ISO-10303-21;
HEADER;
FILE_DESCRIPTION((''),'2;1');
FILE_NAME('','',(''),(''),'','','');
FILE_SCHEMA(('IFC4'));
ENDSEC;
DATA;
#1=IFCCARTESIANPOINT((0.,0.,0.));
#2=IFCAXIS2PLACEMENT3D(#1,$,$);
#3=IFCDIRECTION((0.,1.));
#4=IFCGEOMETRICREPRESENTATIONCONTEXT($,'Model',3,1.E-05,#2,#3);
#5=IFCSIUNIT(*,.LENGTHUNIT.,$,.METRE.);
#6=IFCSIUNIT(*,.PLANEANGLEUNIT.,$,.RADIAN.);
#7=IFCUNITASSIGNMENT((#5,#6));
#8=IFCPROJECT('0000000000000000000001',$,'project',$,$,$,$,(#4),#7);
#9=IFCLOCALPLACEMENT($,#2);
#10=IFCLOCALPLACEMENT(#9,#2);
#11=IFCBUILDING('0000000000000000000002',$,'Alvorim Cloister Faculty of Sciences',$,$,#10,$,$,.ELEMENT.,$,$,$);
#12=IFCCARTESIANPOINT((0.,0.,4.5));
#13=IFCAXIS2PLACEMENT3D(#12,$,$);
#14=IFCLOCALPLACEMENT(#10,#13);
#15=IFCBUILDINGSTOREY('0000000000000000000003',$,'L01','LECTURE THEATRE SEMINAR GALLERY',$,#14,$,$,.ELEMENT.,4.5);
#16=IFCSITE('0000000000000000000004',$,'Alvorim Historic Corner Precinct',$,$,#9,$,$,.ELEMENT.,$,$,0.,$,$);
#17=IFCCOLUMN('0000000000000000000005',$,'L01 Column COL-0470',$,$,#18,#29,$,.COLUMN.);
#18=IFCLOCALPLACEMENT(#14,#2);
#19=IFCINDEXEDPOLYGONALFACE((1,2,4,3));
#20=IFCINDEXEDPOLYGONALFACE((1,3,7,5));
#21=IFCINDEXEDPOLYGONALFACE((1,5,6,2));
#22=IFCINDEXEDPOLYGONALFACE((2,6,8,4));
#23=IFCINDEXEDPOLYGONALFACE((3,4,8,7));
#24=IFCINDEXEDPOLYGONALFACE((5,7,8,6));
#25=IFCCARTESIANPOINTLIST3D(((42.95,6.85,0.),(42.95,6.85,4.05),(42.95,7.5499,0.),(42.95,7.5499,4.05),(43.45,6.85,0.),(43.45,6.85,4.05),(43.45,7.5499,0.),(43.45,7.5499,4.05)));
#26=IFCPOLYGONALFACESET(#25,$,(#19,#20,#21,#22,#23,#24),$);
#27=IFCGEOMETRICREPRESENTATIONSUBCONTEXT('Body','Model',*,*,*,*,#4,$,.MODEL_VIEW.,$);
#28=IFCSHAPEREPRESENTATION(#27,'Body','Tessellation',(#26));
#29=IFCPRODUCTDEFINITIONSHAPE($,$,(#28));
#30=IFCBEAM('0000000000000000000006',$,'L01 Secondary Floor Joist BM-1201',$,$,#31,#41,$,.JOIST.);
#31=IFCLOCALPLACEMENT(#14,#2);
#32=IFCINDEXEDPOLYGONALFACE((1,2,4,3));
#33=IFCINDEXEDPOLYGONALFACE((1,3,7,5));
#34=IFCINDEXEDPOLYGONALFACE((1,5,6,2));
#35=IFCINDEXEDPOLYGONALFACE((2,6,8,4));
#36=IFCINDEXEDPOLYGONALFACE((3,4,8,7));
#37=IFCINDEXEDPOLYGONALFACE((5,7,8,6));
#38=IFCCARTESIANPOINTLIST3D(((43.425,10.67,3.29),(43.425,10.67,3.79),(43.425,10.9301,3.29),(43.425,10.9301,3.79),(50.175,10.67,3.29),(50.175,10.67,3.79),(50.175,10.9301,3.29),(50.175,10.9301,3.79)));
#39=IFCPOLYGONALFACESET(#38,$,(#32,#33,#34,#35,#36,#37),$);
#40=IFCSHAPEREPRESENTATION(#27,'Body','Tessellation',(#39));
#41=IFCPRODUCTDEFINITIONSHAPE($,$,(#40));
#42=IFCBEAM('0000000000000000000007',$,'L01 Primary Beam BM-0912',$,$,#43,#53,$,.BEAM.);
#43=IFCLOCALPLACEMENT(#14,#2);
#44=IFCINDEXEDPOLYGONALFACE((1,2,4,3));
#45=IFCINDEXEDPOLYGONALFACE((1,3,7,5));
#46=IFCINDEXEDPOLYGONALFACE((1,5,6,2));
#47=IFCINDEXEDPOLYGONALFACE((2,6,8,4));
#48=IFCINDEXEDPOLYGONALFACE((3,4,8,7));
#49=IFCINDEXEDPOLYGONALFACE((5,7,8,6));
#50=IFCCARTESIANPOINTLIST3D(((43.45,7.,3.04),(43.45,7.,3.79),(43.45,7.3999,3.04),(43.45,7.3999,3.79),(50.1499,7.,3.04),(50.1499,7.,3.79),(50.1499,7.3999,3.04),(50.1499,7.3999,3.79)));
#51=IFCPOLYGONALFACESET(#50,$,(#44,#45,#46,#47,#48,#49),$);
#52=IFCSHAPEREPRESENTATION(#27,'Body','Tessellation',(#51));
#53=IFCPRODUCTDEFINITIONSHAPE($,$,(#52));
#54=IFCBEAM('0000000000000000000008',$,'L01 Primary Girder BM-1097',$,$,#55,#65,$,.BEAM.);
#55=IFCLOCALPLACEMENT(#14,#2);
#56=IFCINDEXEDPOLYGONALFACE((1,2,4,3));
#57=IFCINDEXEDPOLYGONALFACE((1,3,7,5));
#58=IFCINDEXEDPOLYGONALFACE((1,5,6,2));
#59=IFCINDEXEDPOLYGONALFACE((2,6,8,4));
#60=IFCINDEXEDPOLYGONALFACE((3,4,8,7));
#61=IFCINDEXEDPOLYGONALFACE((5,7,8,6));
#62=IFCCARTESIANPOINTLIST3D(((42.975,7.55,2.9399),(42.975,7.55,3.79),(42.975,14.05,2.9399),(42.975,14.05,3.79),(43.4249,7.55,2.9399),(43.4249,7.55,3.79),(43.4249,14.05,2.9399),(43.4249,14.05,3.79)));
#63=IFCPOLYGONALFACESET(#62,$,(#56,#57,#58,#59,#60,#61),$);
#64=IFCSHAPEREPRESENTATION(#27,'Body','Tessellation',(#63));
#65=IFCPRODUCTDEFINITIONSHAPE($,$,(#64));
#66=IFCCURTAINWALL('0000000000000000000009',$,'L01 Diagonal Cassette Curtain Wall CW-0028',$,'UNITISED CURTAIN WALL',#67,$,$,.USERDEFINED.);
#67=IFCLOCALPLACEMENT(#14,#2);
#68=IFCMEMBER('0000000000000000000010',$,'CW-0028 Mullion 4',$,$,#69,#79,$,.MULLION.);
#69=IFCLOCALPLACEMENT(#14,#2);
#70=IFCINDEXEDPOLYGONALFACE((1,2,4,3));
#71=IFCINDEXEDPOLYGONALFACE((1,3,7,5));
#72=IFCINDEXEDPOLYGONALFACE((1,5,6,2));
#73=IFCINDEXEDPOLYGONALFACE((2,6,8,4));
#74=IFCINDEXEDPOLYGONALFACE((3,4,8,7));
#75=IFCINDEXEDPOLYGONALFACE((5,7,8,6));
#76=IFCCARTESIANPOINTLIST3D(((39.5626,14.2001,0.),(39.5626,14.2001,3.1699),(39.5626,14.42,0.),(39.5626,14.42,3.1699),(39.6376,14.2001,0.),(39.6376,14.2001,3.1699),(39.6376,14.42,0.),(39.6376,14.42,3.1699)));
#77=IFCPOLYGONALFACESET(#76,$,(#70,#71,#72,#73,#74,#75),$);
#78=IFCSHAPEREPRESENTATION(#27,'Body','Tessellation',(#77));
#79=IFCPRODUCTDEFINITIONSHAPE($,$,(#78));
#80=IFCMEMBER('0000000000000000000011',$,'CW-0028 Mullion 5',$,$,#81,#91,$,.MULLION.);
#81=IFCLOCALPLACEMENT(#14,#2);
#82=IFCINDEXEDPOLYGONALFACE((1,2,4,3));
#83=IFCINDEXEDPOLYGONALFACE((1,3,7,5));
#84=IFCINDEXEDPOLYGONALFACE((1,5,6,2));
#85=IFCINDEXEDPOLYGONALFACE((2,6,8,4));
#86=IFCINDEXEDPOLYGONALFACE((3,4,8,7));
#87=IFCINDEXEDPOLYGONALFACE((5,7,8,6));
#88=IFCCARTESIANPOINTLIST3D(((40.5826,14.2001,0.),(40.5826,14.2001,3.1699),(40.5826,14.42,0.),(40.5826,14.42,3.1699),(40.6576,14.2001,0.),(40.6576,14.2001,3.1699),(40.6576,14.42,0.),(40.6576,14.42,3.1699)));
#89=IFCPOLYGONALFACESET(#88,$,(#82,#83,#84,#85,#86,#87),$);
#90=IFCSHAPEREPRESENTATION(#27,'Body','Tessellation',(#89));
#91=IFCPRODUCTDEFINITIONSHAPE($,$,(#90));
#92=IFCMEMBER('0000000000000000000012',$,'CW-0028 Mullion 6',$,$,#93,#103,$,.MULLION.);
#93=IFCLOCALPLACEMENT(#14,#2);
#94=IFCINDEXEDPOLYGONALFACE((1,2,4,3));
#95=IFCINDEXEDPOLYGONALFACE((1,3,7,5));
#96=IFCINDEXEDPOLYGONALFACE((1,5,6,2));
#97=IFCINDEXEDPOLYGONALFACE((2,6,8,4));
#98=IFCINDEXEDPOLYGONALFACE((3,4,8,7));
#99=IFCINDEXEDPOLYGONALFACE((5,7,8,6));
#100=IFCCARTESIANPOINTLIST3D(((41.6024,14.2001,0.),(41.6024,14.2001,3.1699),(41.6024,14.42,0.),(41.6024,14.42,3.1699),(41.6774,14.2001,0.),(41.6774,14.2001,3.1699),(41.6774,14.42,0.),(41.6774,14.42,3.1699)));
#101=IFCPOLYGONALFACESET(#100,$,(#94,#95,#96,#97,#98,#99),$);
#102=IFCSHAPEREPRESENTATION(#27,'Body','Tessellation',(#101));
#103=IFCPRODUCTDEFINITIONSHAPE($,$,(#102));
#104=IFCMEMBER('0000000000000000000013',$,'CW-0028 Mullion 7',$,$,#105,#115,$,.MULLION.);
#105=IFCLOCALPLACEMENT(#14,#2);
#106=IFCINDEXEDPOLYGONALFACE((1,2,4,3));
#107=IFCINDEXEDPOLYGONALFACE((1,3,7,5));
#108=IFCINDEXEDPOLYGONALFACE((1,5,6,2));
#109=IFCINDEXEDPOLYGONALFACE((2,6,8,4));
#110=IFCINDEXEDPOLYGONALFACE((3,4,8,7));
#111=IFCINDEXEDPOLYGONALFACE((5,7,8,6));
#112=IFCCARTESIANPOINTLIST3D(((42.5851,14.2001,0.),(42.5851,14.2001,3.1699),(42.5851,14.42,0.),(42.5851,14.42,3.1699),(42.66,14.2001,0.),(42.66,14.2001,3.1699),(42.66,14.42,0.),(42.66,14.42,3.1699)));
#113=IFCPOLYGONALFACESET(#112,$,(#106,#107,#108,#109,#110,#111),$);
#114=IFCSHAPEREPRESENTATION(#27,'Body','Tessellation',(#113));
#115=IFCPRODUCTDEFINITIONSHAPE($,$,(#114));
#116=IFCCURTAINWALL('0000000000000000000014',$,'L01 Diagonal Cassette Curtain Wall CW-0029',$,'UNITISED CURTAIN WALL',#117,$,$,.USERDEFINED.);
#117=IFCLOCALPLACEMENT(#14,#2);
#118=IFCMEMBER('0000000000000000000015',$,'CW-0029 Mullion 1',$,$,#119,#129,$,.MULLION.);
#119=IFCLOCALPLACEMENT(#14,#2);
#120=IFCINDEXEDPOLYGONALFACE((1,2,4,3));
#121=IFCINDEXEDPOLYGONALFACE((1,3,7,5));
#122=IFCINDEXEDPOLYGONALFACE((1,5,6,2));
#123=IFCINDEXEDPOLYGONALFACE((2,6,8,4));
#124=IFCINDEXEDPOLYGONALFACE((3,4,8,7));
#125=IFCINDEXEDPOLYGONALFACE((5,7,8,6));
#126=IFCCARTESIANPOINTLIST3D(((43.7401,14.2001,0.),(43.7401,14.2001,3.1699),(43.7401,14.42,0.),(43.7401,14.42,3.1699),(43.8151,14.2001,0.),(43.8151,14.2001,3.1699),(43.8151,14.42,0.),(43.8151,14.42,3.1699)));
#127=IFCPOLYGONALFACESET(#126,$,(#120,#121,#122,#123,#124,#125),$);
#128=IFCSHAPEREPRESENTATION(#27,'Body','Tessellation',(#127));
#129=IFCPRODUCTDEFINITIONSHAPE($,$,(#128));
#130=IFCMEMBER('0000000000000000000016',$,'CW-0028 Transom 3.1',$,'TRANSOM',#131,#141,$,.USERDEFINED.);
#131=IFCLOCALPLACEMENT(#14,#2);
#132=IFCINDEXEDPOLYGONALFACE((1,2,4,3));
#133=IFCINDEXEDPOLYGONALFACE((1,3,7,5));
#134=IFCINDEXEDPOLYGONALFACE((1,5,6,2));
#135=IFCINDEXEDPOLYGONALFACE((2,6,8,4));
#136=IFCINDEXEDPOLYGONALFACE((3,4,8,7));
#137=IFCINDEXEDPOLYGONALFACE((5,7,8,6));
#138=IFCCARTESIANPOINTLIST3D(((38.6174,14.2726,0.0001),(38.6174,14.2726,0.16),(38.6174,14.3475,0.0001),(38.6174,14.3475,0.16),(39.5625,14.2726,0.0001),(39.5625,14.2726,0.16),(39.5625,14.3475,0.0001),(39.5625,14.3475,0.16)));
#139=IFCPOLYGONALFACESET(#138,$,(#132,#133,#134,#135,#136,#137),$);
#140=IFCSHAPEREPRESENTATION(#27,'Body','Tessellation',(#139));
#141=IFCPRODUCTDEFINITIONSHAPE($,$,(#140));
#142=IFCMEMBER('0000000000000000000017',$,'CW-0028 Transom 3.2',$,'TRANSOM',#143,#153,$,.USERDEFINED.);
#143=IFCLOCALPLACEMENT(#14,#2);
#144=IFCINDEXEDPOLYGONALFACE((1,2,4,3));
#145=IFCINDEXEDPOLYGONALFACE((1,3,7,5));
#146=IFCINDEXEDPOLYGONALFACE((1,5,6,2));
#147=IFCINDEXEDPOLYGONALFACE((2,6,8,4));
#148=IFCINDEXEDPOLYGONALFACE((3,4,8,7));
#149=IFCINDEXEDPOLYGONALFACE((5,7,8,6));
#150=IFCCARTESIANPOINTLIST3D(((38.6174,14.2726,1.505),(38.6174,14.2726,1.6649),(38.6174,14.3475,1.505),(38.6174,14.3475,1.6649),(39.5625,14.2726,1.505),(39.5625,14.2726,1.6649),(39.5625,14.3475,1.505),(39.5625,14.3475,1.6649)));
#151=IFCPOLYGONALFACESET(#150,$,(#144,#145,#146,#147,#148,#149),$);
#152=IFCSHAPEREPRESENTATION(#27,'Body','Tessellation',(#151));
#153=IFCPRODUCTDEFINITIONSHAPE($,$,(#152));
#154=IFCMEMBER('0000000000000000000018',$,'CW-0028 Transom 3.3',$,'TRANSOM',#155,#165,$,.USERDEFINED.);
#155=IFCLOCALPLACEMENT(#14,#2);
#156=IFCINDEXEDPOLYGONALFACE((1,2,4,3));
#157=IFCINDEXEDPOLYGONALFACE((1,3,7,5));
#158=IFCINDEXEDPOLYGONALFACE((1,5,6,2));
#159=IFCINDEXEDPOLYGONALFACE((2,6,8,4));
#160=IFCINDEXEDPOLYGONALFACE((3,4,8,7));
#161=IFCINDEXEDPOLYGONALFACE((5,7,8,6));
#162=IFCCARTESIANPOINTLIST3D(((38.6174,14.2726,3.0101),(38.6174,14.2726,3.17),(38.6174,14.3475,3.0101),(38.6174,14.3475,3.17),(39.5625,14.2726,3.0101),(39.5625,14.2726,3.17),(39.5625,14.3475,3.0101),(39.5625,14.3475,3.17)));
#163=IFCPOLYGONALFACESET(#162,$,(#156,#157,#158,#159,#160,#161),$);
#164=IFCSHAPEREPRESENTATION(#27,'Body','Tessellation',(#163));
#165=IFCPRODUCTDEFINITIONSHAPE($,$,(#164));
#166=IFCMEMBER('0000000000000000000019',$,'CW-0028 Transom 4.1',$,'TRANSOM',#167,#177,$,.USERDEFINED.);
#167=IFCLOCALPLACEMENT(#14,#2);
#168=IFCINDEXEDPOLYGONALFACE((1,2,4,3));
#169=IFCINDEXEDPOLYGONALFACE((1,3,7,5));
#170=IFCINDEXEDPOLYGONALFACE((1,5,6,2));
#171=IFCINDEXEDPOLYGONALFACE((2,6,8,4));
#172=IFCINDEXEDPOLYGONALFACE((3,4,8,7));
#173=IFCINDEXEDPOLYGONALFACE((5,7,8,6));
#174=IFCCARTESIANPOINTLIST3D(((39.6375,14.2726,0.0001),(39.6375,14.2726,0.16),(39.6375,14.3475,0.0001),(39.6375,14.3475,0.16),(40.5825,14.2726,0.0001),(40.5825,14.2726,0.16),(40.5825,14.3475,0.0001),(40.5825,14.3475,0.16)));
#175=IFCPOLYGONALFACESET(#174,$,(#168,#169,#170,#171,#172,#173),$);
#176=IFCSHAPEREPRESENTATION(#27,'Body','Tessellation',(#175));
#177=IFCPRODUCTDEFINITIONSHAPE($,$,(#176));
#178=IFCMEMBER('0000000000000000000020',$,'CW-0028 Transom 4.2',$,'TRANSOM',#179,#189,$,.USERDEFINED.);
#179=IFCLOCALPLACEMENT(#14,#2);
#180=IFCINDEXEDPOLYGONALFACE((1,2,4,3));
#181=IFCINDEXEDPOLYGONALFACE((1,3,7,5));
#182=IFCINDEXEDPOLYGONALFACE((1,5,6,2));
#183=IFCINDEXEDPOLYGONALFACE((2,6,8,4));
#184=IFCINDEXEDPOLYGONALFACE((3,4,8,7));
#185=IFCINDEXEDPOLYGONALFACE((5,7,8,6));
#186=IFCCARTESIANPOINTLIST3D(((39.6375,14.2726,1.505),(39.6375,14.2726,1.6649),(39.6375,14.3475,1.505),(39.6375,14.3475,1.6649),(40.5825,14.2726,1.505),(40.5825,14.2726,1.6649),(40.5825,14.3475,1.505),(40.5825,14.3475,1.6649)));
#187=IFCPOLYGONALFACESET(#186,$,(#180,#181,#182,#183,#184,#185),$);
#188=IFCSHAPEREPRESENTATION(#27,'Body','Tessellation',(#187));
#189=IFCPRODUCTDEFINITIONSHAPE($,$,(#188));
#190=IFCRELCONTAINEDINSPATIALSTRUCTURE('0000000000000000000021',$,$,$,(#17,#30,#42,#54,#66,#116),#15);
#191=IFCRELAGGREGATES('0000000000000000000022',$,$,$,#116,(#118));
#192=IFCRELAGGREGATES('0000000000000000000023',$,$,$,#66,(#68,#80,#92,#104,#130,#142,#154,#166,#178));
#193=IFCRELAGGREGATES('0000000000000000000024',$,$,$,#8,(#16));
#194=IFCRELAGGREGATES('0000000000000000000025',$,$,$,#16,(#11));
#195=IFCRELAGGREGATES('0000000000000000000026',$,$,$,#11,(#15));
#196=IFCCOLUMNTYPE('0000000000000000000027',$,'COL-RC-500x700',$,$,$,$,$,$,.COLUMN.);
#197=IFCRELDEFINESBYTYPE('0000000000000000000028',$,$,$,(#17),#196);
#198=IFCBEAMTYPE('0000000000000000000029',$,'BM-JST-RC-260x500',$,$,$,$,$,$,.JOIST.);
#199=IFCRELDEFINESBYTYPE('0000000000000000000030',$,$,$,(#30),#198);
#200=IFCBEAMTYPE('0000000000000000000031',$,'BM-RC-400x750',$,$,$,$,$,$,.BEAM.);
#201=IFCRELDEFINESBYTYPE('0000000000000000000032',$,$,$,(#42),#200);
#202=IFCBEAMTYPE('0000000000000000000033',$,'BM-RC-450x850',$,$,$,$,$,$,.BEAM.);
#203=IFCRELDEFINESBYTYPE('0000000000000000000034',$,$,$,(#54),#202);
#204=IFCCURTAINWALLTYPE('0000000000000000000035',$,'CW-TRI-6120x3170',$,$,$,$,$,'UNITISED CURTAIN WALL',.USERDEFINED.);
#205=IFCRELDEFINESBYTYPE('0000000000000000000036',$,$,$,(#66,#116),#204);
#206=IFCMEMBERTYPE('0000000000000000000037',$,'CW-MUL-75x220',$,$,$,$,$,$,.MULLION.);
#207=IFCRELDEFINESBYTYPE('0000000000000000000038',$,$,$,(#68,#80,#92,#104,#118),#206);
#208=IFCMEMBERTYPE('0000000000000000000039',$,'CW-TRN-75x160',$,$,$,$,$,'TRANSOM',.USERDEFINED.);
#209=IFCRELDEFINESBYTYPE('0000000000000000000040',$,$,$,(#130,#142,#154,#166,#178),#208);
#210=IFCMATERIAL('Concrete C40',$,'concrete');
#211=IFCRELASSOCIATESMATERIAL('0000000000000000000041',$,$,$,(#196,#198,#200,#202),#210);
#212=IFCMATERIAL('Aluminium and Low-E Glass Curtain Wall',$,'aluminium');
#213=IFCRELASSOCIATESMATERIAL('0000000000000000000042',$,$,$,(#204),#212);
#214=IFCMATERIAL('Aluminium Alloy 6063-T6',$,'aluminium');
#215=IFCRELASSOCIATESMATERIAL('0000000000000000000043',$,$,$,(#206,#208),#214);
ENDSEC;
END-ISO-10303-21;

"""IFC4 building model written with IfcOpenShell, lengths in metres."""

from ifc_helpers import new_model, si_unit, direction, frame, origin, origin_2d, place, context, subcontext, project, spatial, rectangle, extrude, material, material_profile, profile_set, type_object, element, aggregate, save


model = new_model("IFC4")

# Units and contexts
model_context = context("Model", 3, precision=1e-05, world=origin(), true_north=direction((0.0, 1.0)))
body_context = subcontext(model_context, "Body", "Model", "MODEL_VIEW")
ifc_project = project(units=[si_unit("LENGTHUNIT", "METRE"), si_unit("PLANEANGLEUNIT", "RADIAN")], contexts=[model_context])

# Site, building, storey
site_placement = place(None, origin())
site = spatial("IfcSite", under=ifc_project, at=site_placement, Name="Alvorim Historic Corner Precinct", CompositionType="ELEMENT", RefElevation=0.0)
building_placement = place(site_placement, origin())
building = spatial("IfcBuilding", under=site, at=building_placement, Name="Alvorim Cloister Faculty of Sciences", CompositionType="ELEMENT")
storey_placement = place(building_placement, frame((0.0, 0.0, 4.5)))
storey = spatial("IfcBuildingStorey", under=building, at=storey_placement, Name="L01", Description="LECTURE THEATRE SEMINAR GALLERY", CompositionType="ELEMENT", Elevation=4.5)

# Column
ifc_material_1 = material(Name="Concrete C40", Category="concrete")
ifc_material_profile_1 = material_profile(ifc_material_1, rectangle(XDim=0.5, YDim=0.7, at=origin_2d()), Name="RC40-COL-500x700")
ifc_profile_set_1 = profile_set([ifc_material_profile_1], Name="Concrete C40")
column_type = type_object("IfcColumnType", Name="COL-RC-500x700", PredefinedType="COLUMN", material=ifc_profile_set_1)
column_placement = place(storey_placement, frame((43.2, 7.2, 0.0), z_axis=(0.0, 0.0, 1.0), x_axis=(1.0, 0.0, 0.0)))
element("IfcColumn", 1, at=column_placement, inside=storey, type_object=column_type, Name="L01 Column COL-0470", PredefinedType="COLUMN", context=body_context, shape_type="SweptSolid", body=[
    extrude(rectangle(XDim=0.5, YDim=0.7, at=origin_2d()), origin(), (0.0, 0.0, 1.0), 4.05),
])

# Beams
ifc_material_profile_2 = material_profile(ifc_material_1, rectangle(XDim=0.26, YDim=0.5, at=origin_2d()), Name="RC40-JST-260x500")
ifc_profile_set_2 = profile_set([ifc_material_profile_2], Name="Concrete C40")
beam_type_1 = type_object("IfcBeamType", Name="BM-JST-RC-260x500", PredefinedType="JOIST", material=ifc_profile_set_2)
beam_1_placement = place(storey_placement, frame((43.425, 10.8, 3.54), z_axis=(1.0, 0.0, 0.0), x_axis=(0.0, 1.0, 0.0)))
element("IfcBeam", 2, at=beam_1_placement, inside=storey, type_object=beam_type_1, Name="L01 Secondary Floor Joist BM-1201", PredefinedType="JOIST", context=body_context, shape_type="SweptSolid", body=[
    extrude(rectangle(XDim=0.26, YDim=0.5, at=origin_2d()), origin(), (0.0, 0.0, 1.0), 6.75),
])
ifc_material_profile_3 = material_profile(ifc_material_1, rectangle(XDim=0.3999, YDim=0.75, at=origin_2d()), Name="RC40-BM-400x750")
ifc_profile_set_3 = profile_set([ifc_material_profile_3], Name="Concrete C40")
beam_type_2 = type_object("IfcBeamType", Name="BM-RC-400x750", PredefinedType="BEAM", material=ifc_profile_set_3)
beam_2_placement = place(storey_placement, frame((43.45, 7.2, 3.415), z_axis=(1.0, 0.0, 0.0), x_axis=(0.0, 1.0, 0.0)))
element("IfcBeam", 3, at=beam_2_placement, inside=storey, type_object=beam_type_2, Name="L01 Primary Beam BM-0912", PredefinedType="BEAM", context=body_context, shape_type="SweptSolid", body=[
    extrude(rectangle(XDim=0.3999, YDim=0.75, at=origin_2d()), origin(), (0.0, 0.0, 1.0), 6.7),
])
ifc_material_profile_4 = material_profile(ifc_material_1, rectangle(XDim=0.45, YDim=0.8501, at=origin_2d()), Name="RC40-BM-450x850")
ifc_profile_set_4 = profile_set([ifc_material_profile_4], Name="Concrete C40")
beam_type_3 = type_object("IfcBeamType", Name="BM-RC-450x850", PredefinedType="BEAM", material=ifc_profile_set_4)
beam_3_placement = place(storey_placement, frame((43.2, 7.55, 3.365), z_axis=(0.0, 1.0, 0.0), x_axis=(-1.0, 0.0, 0.0)))
element("IfcBeam", 4, at=beam_3_placement, inside=storey, type_object=beam_type_3, Name="L01 Primary Girder BM-1097", PredefinedType="BEAM", context=body_context, shape_type="SweptSolid", body=[
    extrude(rectangle(XDim=0.45, YDim=0.8501, at=origin_2d()), origin(), (0.0, 0.0, 1.0), 6.5),
])

# Curtain wall, members
ifc_material_2 = material(Name="Aluminium and Low-E Glass Curtain Wall", Category="aluminium")
curtain_wall_type = type_object("IfcCurtainWallType", Name="CW-TRI-6120x3170", ElementType="UNITISED CURTAIN WALL", PredefinedType="USERDEFINED", material=ifc_material_2)
curtain_wall_1_placement = place(storey_placement, origin())
curtain_wall_1 = element("IfcCurtainWall", 5, at=curtain_wall_1_placement, inside=storey, type_object=curtain_wall_type, Name="L01 Diagonal Cassette Curtain Wall CW-0028", ObjectType="UNITISED CURTAIN WALL", PredefinedType="USERDEFINED")
ifc_material_3 = material(Name="Aluminium Alloy 6063-T6", Category="aluminium")
ifc_material_profile_5 = material_profile(ifc_material_3, rectangle(XDim=0.075, YDim=0.22, at=origin_2d()), Name="ALU-MUL-75x220")
ifc_profile_set_5 = profile_set([ifc_material_profile_5], Name="Aluminium Alloy 6063-T6")
member_type_1 = type_object("IfcMemberType", Name="CW-MUL-75x220", PredefinedType="MULLION", material=ifc_profile_set_5)
member_1_placement = place(storey_placement, frame((39.6001, 14.3101, 0.0), z_axis=(0.0, 0.0, 1.0), x_axis=(1.0, 0.0, 0.0)))
member_1 = element("IfcMember", 6, at=member_1_placement, type_object=member_type_1, Name="CW-0028 Mullion 4", PredefinedType="MULLION", context=body_context, shape_type="SweptSolid", body=[
    extrude(rectangle(XDim=0.075, YDim=0.22, at=origin_2d()), origin(), (0.0, 0.0, 1.0), 3.1699),
])
member_2_placement = place(storey_placement, frame((40.6201, 14.3101, 0.0), z_axis=(0.0, 0.0, 1.0), x_axis=(1.0, 0.0, 0.0)))
member_2 = element("IfcMember", 7, at=member_2_placement, type_object=member_type_1, Name="CW-0028 Mullion 5", PredefinedType="MULLION", context=body_context, shape_type="SweptSolid", body=[
    extrude(rectangle(XDim=0.075, YDim=0.22, at=origin_2d()), origin(), (0.0, 0.0, 1.0), 3.1699),
])
member_3_placement = place(storey_placement, frame((41.6399, 14.3101, 0.0), z_axis=(0.0, 0.0, 1.0), x_axis=(1.0, 0.0, 0.0)))
member_3 = element("IfcMember", 8, at=member_3_placement, type_object=member_type_1, Name="CW-0028 Mullion 6", PredefinedType="MULLION", context=body_context, shape_type="SweptSolid", body=[
    extrude(rectangle(XDim=0.075, YDim=0.22, at=origin_2d()), origin(), (0.0, 0.0, 1.0), 3.1699),
])
member_4_placement = place(storey_placement, frame((42.6226, 14.3101, 0.0), z_axis=(0.0, 0.0, 1.0), x_axis=(1.0, 0.0, 0.0)))
member_4 = element("IfcMember", 9, at=member_4_placement, type_object=member_type_1, Name="CW-0028 Mullion 7", PredefinedType="MULLION", context=body_context, shape_type="SweptSolid", body=[
    extrude(rectangle(XDim=0.075, YDim=0.22, at=origin_2d()), origin(), (0.0, 0.0, 1.0), 3.1699),
])

# Curtain wall, member
curtain_wall_2_placement = place(storey_placement, origin())
curtain_wall_2 = element("IfcCurtainWall", 10, at=curtain_wall_2_placement, inside=storey, type_object=curtain_wall_type, Name="L01 Diagonal Cassette Curtain Wall CW-0029", ObjectType="UNITISED CURTAIN WALL", PredefinedType="USERDEFINED")
member_5_placement = place(storey_placement, frame((43.7776, 14.3101, 0.0), z_axis=(0.0, 0.0, 1.0), x_axis=(1.0, 0.0, 0.0)))
member_5 = element("IfcMember", 11, at=member_5_placement, type_object=member_type_1, Name="CW-0029 Mullion 1", PredefinedType="MULLION", context=body_context, shape_type="SweptSolid", body=[
    extrude(rectangle(XDim=0.075, YDim=0.22, at=origin_2d()), origin(), (0.0, 0.0, 1.0), 3.1699),
])
aggregate(curtain_wall_2, [member_5])

# Members
ifc_material_profile_6 = material_profile(ifc_material_3, rectangle(XDim=0.075, YDim=0.1599, at=origin_2d()), Name="ALU-TRN-75x160")
ifc_profile_set_6 = profile_set([ifc_material_profile_6], Name="Aluminium Alloy 6063-T6")
member_type_2 = type_object("IfcMemberType", Name="CW-TRN-75x160", ElementType="TRANSOM", PredefinedType="USERDEFINED", material=ifc_profile_set_6)
member_6_placement = place(storey_placement, frame((38.6174, 14.3101, 0.0801), z_axis=(1.0, 0.0, 0.0), x_axis=(0.0, 1.0, 0.0)))
member_6 = element("IfcMember", 12, at=member_6_placement, type_object=member_type_2, Name="CW-0028 Transom 3.1", ObjectType="TRANSOM", PredefinedType="USERDEFINED", context=body_context, shape_type="SweptSolid", body=[
    extrude(rectangle(XDim=0.075, YDim=0.1599, at=origin_2d()), origin(), (0.0, 0.0, 1.0), 0.9451),
])
member_7_placement = place(storey_placement, frame((38.6174, 14.3101, 1.585), z_axis=(1.0, 0.0, 0.0), x_axis=(0.0, 1.0, 0.0)))
member_7 = element("IfcMember", 13, at=member_7_placement, type_object=member_type_2, Name="CW-0028 Transom 3.2", ObjectType="TRANSOM", PredefinedType="USERDEFINED", context=body_context, shape_type="SweptSolid", body=[
    extrude(rectangle(XDim=0.075, YDim=0.1599, at=origin_2d()), origin(), (0.0, 0.0, 1.0), 0.9451),
])
member_8_placement = place(storey_placement, frame((38.6174, 14.3101, 3.0901), z_axis=(1.0, 0.0, 0.0), x_axis=(0.0, 1.0, 0.0)))
member_8 = element("IfcMember", 14, at=member_8_placement, type_object=member_type_2, Name="CW-0028 Transom 3.3", ObjectType="TRANSOM", PredefinedType="USERDEFINED", context=body_context, shape_type="SweptSolid", body=[
    extrude(rectangle(XDim=0.075, YDim=0.1599, at=origin_2d()), origin(), (0.0, 0.0, 1.0), 0.9451),
])
member_9_placement = place(storey_placement, frame((39.6375, 14.3101, 0.0801), z_axis=(1.0, 0.0, 0.0), x_axis=(0.0, 1.0, 0.0)))
member_9 = element("IfcMember", 15, at=member_9_placement, type_object=member_type_2, Name="CW-0028 Transom 4.1", ObjectType="TRANSOM", PredefinedType="USERDEFINED", context=body_context, shape_type="SweptSolid", body=[
    extrude(rectangle(XDim=0.075, YDim=0.1599, at=origin_2d()), origin(), (0.0, 0.0, 1.0), 0.9451),
])
member_10_placement = place(storey_placement, frame((39.6375, 14.3101, 1.585), z_axis=(1.0, 0.0, 0.0), x_axis=(0.0, 1.0, 0.0)))
member_10 = element("IfcMember", 16, at=member_10_placement, type_object=member_type_2, Name="CW-0028 Transom 4.2", ObjectType="TRANSOM", PredefinedType="USERDEFINED", context=body_context, shape_type="SweptSolid", body=[
    extrude(rectangle(XDim=0.075, YDim=0.1599, at=origin_2d()), origin(), (0.0, 0.0, 1.0), 0.9451),
])
aggregate(curtain_wall_1, [member_1, member_2, member_3, member_4, member_6, member_7, member_8, member_9, member_10])

save(model, "model.ifc")
